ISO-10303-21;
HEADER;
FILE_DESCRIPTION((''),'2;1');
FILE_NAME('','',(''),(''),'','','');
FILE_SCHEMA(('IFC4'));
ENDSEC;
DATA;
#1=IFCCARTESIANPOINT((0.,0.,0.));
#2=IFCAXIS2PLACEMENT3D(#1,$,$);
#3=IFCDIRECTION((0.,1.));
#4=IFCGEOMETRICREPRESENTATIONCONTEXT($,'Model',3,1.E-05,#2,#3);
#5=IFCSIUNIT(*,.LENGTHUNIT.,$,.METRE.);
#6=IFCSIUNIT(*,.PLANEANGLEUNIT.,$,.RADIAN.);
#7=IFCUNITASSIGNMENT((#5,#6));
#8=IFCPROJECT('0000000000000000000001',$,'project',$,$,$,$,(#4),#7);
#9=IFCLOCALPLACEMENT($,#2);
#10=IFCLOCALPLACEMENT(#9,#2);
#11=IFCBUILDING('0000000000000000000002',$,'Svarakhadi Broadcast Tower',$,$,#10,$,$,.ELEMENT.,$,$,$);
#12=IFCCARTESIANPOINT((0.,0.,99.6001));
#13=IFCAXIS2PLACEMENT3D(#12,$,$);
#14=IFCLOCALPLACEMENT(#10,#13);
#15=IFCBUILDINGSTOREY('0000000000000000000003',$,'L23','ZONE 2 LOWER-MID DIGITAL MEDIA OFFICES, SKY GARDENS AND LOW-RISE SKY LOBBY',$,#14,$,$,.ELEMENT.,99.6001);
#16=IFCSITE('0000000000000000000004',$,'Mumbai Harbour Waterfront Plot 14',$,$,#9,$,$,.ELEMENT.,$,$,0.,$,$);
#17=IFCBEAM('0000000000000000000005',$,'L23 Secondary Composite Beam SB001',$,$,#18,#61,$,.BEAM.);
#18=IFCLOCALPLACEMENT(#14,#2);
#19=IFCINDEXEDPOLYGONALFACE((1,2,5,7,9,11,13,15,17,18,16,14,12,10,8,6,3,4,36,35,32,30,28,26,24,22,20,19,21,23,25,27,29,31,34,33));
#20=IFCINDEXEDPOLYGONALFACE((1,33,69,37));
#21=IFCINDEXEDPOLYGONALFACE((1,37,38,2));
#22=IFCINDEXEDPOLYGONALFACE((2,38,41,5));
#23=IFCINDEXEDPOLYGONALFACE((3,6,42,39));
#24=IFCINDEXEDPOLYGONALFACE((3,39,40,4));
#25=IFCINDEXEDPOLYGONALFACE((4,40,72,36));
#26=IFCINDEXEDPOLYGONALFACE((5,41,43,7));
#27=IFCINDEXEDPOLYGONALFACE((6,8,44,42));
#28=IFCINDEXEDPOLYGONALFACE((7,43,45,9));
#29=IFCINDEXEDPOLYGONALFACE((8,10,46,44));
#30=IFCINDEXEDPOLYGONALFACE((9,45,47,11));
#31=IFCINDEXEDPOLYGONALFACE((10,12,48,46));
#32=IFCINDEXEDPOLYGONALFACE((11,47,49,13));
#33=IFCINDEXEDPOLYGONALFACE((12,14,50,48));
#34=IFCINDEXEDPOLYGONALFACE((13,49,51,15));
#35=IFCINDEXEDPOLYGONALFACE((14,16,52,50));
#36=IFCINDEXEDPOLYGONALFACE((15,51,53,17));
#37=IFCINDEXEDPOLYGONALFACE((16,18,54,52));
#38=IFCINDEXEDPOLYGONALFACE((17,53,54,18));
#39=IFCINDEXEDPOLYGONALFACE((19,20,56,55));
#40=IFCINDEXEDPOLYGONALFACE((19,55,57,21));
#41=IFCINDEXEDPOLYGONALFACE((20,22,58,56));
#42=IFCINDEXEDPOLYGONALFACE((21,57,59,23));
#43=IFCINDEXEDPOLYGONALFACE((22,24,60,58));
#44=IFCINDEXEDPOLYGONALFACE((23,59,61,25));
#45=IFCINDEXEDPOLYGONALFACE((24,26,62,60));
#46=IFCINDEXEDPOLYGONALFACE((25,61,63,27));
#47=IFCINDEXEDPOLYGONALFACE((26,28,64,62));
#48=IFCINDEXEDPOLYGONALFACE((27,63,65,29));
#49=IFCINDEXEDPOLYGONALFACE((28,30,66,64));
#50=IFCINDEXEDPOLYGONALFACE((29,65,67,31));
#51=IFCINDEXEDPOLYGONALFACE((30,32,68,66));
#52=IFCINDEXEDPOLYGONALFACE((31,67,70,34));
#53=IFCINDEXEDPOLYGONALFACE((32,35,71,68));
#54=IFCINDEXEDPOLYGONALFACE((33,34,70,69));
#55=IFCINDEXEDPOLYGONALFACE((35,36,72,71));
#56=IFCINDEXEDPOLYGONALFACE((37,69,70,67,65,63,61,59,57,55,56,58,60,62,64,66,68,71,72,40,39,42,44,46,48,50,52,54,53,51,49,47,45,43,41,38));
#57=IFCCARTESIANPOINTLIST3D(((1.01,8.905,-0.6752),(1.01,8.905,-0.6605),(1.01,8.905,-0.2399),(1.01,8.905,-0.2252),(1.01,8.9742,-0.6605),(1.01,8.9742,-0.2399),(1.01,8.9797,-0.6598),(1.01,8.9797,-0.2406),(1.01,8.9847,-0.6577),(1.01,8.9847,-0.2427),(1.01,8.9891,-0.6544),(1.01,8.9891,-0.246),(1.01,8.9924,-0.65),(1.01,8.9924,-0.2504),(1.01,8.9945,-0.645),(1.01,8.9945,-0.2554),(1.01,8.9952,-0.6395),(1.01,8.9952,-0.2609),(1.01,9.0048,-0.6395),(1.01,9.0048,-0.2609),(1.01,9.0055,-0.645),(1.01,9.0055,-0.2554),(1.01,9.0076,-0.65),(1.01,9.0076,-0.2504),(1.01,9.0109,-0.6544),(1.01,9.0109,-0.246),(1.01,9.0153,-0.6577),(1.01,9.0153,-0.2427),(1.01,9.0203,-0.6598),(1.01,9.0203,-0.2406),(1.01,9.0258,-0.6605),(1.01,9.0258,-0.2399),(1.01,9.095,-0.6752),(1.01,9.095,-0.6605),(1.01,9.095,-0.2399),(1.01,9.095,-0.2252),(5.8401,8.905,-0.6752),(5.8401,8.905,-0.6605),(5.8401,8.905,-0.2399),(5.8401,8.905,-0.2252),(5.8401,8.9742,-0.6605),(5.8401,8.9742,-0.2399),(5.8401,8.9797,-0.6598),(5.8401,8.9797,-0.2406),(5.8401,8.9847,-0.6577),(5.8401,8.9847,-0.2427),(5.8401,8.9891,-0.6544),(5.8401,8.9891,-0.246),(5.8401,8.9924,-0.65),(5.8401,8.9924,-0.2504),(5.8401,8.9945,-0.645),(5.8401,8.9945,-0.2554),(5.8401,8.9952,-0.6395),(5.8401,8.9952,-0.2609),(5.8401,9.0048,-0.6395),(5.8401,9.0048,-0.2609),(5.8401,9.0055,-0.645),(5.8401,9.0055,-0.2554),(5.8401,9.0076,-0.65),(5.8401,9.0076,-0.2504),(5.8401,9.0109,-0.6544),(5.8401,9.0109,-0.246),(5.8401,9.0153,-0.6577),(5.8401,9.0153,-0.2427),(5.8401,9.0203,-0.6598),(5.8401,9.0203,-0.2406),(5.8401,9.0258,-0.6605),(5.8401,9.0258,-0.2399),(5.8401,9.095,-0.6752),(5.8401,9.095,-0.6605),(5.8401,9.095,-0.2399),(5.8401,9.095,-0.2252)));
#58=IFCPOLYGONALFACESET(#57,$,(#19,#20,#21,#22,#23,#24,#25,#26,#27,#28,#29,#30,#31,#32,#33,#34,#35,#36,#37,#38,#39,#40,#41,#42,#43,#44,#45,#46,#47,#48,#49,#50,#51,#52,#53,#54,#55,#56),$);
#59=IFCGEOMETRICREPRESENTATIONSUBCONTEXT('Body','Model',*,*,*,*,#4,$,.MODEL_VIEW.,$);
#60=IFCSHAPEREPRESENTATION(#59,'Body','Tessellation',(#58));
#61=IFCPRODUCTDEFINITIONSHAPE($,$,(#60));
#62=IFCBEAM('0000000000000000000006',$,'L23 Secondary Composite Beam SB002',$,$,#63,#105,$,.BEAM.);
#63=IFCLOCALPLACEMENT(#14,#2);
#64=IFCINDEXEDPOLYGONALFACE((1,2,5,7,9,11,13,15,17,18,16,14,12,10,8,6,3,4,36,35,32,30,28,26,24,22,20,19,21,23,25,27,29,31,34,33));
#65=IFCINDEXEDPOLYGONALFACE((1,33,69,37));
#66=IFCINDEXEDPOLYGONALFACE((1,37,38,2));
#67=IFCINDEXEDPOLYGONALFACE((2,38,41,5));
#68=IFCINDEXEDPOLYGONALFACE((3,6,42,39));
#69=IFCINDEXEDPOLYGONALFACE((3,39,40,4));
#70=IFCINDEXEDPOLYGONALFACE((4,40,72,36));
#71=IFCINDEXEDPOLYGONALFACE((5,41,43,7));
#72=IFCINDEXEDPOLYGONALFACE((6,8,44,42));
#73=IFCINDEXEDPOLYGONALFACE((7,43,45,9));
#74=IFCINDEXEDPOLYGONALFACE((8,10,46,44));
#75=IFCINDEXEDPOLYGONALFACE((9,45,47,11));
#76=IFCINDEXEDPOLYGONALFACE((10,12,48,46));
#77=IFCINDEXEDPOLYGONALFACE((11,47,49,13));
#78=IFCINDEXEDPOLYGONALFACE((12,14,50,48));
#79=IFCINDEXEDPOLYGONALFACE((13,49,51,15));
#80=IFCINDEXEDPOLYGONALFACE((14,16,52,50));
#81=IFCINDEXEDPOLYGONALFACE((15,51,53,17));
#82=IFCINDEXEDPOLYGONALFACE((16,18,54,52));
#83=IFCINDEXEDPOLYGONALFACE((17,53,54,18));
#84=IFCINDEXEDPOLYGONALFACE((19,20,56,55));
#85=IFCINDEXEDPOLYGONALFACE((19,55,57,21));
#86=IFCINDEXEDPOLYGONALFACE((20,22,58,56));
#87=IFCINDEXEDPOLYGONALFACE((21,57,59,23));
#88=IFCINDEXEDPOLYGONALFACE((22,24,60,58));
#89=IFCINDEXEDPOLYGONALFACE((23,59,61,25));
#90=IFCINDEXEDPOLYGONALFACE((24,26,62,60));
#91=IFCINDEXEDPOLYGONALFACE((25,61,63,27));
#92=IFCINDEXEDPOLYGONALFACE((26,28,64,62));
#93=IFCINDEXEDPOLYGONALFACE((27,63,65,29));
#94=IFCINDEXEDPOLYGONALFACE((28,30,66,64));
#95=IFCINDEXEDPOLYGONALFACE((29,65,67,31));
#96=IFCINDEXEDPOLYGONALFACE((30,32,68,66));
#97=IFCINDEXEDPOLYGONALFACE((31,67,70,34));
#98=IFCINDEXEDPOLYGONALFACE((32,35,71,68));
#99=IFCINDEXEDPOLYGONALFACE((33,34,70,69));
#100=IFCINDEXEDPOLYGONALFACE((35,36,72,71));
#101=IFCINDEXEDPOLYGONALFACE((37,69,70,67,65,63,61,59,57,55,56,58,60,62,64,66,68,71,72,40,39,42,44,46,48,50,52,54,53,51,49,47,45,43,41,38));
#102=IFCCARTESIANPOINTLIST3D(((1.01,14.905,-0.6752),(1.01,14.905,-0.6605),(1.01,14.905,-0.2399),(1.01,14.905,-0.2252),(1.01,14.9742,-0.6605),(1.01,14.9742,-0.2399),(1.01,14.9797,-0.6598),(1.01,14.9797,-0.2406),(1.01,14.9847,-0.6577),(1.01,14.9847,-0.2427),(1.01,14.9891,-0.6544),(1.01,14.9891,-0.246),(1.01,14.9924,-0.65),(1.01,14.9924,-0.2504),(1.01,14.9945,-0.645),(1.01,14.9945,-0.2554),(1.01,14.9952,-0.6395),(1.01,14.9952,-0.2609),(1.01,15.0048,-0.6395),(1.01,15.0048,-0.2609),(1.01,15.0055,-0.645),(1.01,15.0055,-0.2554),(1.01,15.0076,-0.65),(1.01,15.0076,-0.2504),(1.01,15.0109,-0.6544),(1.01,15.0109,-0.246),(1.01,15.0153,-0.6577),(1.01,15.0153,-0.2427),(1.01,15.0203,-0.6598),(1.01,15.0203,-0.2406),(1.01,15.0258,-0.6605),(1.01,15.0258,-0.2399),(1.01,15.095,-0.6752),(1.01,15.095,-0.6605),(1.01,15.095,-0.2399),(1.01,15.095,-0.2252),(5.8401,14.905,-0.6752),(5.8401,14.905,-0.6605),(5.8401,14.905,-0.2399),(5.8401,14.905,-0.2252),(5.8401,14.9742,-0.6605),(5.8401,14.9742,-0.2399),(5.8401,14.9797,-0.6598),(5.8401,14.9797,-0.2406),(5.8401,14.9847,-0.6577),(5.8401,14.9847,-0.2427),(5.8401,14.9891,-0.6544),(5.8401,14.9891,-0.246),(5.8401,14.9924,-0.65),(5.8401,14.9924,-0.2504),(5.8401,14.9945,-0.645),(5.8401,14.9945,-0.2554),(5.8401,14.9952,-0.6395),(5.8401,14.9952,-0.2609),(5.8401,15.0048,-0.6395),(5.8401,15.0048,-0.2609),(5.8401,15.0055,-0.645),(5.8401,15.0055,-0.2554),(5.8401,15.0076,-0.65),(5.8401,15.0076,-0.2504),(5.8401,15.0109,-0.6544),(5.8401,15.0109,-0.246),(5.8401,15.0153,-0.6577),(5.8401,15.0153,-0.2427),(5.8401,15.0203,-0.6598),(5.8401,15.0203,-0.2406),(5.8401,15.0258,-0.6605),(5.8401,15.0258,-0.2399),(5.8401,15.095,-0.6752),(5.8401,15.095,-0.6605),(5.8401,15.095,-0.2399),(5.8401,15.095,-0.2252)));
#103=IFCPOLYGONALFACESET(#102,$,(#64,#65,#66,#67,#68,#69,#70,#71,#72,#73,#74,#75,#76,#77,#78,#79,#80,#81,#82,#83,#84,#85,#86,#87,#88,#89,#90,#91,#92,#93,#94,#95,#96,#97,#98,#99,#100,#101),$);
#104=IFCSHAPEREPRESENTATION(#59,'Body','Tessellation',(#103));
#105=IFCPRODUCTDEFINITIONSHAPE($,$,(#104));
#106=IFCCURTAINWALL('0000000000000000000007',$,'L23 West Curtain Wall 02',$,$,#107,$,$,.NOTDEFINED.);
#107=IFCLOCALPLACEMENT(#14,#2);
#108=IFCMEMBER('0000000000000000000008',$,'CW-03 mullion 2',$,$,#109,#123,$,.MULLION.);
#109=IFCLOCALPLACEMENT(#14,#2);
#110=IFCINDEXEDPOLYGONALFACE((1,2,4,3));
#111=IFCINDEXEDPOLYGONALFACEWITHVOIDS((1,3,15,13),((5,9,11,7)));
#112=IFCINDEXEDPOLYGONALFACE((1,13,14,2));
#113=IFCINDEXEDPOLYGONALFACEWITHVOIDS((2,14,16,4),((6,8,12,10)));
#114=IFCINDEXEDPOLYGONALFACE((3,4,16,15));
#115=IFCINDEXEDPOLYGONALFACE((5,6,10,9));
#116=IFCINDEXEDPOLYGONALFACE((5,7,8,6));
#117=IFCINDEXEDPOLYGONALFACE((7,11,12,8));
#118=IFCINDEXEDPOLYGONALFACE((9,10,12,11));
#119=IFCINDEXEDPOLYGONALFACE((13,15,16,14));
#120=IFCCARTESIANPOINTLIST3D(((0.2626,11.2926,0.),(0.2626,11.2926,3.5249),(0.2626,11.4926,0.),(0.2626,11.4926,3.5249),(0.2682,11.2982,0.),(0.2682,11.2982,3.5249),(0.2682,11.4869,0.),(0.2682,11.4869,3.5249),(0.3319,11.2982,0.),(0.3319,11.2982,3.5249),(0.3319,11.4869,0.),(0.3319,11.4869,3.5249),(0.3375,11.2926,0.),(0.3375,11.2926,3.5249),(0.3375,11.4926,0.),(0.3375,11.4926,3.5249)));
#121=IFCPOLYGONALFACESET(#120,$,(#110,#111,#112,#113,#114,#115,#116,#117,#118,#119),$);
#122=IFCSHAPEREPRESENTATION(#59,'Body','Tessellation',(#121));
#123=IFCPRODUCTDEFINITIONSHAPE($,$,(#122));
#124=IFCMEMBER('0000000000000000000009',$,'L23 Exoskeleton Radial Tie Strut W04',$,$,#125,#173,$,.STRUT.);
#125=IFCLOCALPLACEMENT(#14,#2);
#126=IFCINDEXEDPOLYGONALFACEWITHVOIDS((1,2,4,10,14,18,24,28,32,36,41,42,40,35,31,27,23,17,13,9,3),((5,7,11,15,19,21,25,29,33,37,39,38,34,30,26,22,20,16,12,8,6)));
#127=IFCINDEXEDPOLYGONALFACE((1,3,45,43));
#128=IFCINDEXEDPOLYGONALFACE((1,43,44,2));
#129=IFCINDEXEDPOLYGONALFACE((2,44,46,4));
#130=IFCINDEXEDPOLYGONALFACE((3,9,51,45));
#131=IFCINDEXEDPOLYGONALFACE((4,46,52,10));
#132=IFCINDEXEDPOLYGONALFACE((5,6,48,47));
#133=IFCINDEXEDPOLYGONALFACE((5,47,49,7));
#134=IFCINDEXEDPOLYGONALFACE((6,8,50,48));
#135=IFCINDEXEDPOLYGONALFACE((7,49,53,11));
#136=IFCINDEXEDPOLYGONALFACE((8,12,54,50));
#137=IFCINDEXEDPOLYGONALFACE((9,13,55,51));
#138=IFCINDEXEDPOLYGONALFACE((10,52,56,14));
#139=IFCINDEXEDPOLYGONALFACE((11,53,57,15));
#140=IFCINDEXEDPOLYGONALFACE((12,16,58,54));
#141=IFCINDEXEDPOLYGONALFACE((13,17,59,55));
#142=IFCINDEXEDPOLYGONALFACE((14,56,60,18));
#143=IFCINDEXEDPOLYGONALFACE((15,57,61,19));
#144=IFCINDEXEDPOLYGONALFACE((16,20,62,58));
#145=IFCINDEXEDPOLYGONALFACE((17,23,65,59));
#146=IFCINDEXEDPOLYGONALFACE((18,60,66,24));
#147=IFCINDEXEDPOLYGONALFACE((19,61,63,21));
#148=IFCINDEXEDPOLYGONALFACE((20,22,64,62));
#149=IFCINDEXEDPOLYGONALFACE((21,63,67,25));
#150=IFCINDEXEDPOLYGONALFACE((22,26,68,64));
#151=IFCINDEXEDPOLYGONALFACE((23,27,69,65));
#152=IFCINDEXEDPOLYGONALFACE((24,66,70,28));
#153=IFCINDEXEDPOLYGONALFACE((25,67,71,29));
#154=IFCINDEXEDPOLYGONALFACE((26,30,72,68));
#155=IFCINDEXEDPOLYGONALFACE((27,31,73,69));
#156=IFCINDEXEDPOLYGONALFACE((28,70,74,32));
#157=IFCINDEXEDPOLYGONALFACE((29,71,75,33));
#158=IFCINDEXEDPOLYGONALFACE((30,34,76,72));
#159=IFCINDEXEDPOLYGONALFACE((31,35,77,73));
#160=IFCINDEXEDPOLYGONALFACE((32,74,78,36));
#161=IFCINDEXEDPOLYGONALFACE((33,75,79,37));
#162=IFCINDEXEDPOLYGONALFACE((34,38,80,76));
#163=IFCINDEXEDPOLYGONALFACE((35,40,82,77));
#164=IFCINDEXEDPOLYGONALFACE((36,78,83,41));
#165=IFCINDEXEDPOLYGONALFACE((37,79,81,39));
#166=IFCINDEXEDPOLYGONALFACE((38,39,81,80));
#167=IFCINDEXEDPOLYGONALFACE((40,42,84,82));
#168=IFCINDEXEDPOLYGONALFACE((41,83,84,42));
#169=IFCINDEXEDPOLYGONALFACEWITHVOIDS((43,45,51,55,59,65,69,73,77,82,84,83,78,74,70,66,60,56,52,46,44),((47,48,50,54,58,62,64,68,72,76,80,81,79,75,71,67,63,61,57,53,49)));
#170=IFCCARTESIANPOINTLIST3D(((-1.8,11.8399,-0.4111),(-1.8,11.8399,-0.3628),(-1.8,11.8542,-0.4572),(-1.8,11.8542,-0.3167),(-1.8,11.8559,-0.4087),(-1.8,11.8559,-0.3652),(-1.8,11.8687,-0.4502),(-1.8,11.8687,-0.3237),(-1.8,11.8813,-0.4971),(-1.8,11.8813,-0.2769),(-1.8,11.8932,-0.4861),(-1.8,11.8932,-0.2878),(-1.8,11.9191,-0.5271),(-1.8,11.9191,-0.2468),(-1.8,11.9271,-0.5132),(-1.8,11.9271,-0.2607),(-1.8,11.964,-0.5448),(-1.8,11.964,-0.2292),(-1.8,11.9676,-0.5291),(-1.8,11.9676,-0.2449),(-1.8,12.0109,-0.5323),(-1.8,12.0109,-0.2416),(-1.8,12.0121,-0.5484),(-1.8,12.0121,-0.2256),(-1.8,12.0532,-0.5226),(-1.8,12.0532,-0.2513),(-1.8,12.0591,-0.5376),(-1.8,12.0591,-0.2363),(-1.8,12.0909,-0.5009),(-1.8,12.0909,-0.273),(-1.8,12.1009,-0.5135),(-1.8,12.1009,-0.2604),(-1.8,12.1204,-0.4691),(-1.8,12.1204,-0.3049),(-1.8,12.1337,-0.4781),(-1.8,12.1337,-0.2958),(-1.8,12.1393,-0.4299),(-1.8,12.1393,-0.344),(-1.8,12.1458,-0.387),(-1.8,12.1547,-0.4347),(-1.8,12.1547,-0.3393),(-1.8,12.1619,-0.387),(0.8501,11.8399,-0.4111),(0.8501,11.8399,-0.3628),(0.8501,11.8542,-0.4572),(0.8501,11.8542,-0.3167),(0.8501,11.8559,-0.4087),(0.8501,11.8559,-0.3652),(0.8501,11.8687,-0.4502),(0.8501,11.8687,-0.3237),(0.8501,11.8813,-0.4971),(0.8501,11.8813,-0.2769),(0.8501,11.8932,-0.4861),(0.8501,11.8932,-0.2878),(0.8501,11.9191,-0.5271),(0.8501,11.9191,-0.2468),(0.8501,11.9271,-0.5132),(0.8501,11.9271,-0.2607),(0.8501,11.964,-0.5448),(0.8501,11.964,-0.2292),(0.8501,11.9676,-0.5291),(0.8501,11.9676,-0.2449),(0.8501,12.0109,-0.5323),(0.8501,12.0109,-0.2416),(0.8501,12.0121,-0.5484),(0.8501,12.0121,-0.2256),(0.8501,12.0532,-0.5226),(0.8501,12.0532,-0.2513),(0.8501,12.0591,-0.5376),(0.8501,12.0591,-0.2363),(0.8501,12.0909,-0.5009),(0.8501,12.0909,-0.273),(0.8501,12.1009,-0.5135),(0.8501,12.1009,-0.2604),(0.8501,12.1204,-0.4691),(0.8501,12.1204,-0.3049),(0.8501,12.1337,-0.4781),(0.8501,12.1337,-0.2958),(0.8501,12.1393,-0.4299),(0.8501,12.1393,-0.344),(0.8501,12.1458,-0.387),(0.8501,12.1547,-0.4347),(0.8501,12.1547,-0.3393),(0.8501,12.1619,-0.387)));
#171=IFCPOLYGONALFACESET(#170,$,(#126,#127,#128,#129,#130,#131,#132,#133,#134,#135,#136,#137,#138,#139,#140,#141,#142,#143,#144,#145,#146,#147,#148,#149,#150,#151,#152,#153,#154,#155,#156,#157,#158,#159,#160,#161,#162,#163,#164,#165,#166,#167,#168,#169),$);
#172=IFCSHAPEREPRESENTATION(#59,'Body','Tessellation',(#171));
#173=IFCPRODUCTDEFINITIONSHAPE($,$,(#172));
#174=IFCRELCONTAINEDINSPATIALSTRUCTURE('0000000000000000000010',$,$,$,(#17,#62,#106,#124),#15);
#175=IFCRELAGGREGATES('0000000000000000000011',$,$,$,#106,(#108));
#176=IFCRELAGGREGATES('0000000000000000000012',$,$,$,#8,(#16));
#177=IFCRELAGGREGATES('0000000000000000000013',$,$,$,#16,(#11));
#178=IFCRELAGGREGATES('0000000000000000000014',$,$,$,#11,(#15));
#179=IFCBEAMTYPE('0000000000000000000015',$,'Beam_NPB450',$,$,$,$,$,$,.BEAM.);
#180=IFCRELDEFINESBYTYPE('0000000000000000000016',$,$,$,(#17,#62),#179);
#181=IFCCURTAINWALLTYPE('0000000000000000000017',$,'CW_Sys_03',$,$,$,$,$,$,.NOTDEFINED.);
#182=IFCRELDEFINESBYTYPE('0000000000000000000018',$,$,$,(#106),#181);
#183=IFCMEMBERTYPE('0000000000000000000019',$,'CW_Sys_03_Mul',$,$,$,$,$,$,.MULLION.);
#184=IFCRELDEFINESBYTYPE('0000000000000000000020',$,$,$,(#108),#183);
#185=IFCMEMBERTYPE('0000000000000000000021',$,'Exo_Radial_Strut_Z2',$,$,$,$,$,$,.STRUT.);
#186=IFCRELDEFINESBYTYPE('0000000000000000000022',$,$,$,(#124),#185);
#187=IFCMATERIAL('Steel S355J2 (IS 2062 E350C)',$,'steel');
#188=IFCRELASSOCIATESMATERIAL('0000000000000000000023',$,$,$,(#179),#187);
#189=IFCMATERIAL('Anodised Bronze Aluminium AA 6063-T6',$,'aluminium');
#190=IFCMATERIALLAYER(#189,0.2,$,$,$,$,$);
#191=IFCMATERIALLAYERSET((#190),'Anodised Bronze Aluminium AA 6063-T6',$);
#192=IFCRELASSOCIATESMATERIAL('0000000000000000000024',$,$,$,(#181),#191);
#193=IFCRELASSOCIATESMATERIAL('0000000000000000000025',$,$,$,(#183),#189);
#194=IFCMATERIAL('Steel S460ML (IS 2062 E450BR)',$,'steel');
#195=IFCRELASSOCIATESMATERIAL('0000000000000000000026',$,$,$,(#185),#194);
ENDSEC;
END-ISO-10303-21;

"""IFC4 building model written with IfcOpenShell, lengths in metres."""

from ifc_helpers import new_model, si_unit, direction, frame, origin, origin_2d, place, context, subcontext, project, spatial, hollow_rectangle, hollow_circle, i_section, extrude, material, layer, layer_set, material_profile, profile_set, type_object, element, aggregate, save


model = new_model("IFC4")

# Units and contexts
model_context = context("Model", 3, precision=1e-05, world=origin(), true_north=direction((0.0, 1.0)))
body_context = subcontext(model_context, "Body", "Model", "MODEL_VIEW")
ifc_project = project(units=[si_unit("LENGTHUNIT", "METRE"), si_unit("PLANEANGLEUNIT", "RADIAN")], contexts=[model_context])

# Site, building, storey
site_placement = place(None, origin())
site = spatial("IfcSite", under=ifc_project, at=site_placement, Name="Mumbai Harbour Waterfront Plot 14", CompositionType="ELEMENT", RefElevation=0.0)
building_placement = place(site_placement, origin())
building = spatial("IfcBuilding", under=site, at=building_placement, Name="Svarakhadi Broadcast Tower", CompositionType="ELEMENT")
storey_placement = place(building_placement, frame((0.0, 0.0, 99.6001)))
storey = spatial("IfcBuildingStorey", under=building, at=storey_placement, Name="L23", Description="ZONE 2 LOWER-MID DIGITAL MEDIA OFFICES, SKY GARDENS AND LOW-RISE SKY LOBBY", CompositionType="ELEMENT", Elevation=99.6001)

# Shared definitions
ifc_material_1 = material(Name="Steel S460ML (IS 2062 E450BR)", Category="steel")

# Beams
ifc_material_2 = material(Name="Steel S355J2 (IS 2062 E350C)", Category="steel")
ifc_material_profile_1 = material_profile(ifc_material_2, i_section(OverallWidth=0.1899, OverallDepth=0.45, WebThickness=0.0095, FlangeThickness=0.0146, FilletRadius=0.021, at=origin_2d()), Name="NPB 450x190x78")
ifc_profile_set_1 = profile_set([ifc_material_profile_1], Name="Steel S355J2 (IS 2062 E350C)")
beam_type_1 = type_object("IfcBeamType", Name="Beam_NPB450", PredefinedType="BEAM", material=ifc_profile_set_1)
for number, where, z_axis, x_axis, name in (
    (1, (1.01, 9.0, -0.4502), (1.0, 0.0, 0.0), (0.0, 1.0, 0.0), "L23 Secondary Composite Beam SB001"),
    (2, (1.01, 15.0, -0.4502), (1.0, 0.0, 0.0), (0.0, 1.0, 0.0), "L23 Secondary Composite Beam SB002"),
):
    element("IfcBeam", number, at=place(storey_placement, frame(where, z_axis=z_axis, x_axis=x_axis)), inside=storey, type_object=beam_type_1, Name=name, PredefinedType="BEAM", context=body_context, shape_type="SweptSolid", body=[
        extrude(i_section(OverallWidth=0.1899, OverallDepth=0.45, WebThickness=0.0095, FlangeThickness=0.0146, FilletRadius=0.021, at=origin_2d()), origin(), (0.0, 0.0, 1.0), 4.8301),
    ])

# Curtain wall, member
ifc_material_3 = material(Name="Anodised Bronze Aluminium AA 6063-T6", Category="aluminium")
ifc_layer_1 = layer(ifc_material_3, 0.2)
ifc_layer_set_1 = layer_set([ifc_layer_1], Name="Anodised Bronze Aluminium AA 6063-T6")
curtain_wall_type = type_object("IfcCurtainWallType", Name="CW_Sys_03", PredefinedType="NOTDEFINED", material=ifc_layer_set_1)
curtain_wall_placement = place(storey_placement, origin())
curtain_wall = element("IfcCurtainWall", 3, at=curtain_wall_placement, inside=storey, type_object=curtain_wall_type, Name="L23 West Curtain Wall 02", PredefinedType="NOTDEFINED")
ifc_material_profile_2 = material_profile(ifc_material_3, hollow_rectangle(XDim=0.075, YDim=0.2, WallThickness=0.0056, at=origin_2d()), Name="ALU MULLION 200x75x6")
ifc_profile_set_2 = profile_set([ifc_material_profile_2], Name="Anodised Bronze Aluminium AA 6063-T6")
member_type_1 = type_object("IfcMemberType", Name="CW_Sys_03_Mul", PredefinedType="MULLION", material=ifc_profile_set_2)
member_1_placement = place(storey_placement, frame((0.3, 11.3926, 0.0), z_axis=(0.0, 0.0, 1.0), x_axis=(-1.0, 0.0, 0.0)))
member_1 = element("IfcMember", 4, at=member_1_placement, type_object=member_type_1, Name="CW-03 mullion 2", PredefinedType="MULLION", context=body_context, shape_type="SweptSolid", body=[
    extrude(hollow_rectangle(XDim=0.075, YDim=0.2, WallThickness=0.0056, at=origin_2d()), origin(), (0.0, 0.0, 1.0), 3.5249),
])

# Member
ifc_material_profile_3 = material_profile(ifc_material_1, hollow_circle(Radius=0.1619, WallThickness=0.0161, at=origin_2d()), Name="CHS 323.9x16")
ifc_profile_set_3 = profile_set([ifc_material_profile_3], Name="Steel S460ML (IS 2062 E450BR)")
member_type_2 = type_object("IfcMemberType", Name="Exo_Radial_Strut_Z2", PredefinedType="STRUT", material=ifc_profile_set_3)
member_2_placement = place(storey_placement, frame((-1.8, 12.0, -0.387), z_axis=(1.0, 0.0, 0.0), x_axis=(0.0, 1.0, 0.0)))
element("IfcMember", 5, at=member_2_placement, inside=storey, type_object=member_type_2, Name="L23 Exoskeleton Radial Tie Strut W04", PredefinedType="STRUT", context=body_context, shape_type="SweptSolid", body=[
    extrude(hollow_circle(Radius=0.1619, WallThickness=0.0161, at=origin_2d()), origin(), (0.0, 0.0, 1.0), 2.6501),
])

aggregate(curtain_wall, [member_1])

save(model, "model.ifc")
